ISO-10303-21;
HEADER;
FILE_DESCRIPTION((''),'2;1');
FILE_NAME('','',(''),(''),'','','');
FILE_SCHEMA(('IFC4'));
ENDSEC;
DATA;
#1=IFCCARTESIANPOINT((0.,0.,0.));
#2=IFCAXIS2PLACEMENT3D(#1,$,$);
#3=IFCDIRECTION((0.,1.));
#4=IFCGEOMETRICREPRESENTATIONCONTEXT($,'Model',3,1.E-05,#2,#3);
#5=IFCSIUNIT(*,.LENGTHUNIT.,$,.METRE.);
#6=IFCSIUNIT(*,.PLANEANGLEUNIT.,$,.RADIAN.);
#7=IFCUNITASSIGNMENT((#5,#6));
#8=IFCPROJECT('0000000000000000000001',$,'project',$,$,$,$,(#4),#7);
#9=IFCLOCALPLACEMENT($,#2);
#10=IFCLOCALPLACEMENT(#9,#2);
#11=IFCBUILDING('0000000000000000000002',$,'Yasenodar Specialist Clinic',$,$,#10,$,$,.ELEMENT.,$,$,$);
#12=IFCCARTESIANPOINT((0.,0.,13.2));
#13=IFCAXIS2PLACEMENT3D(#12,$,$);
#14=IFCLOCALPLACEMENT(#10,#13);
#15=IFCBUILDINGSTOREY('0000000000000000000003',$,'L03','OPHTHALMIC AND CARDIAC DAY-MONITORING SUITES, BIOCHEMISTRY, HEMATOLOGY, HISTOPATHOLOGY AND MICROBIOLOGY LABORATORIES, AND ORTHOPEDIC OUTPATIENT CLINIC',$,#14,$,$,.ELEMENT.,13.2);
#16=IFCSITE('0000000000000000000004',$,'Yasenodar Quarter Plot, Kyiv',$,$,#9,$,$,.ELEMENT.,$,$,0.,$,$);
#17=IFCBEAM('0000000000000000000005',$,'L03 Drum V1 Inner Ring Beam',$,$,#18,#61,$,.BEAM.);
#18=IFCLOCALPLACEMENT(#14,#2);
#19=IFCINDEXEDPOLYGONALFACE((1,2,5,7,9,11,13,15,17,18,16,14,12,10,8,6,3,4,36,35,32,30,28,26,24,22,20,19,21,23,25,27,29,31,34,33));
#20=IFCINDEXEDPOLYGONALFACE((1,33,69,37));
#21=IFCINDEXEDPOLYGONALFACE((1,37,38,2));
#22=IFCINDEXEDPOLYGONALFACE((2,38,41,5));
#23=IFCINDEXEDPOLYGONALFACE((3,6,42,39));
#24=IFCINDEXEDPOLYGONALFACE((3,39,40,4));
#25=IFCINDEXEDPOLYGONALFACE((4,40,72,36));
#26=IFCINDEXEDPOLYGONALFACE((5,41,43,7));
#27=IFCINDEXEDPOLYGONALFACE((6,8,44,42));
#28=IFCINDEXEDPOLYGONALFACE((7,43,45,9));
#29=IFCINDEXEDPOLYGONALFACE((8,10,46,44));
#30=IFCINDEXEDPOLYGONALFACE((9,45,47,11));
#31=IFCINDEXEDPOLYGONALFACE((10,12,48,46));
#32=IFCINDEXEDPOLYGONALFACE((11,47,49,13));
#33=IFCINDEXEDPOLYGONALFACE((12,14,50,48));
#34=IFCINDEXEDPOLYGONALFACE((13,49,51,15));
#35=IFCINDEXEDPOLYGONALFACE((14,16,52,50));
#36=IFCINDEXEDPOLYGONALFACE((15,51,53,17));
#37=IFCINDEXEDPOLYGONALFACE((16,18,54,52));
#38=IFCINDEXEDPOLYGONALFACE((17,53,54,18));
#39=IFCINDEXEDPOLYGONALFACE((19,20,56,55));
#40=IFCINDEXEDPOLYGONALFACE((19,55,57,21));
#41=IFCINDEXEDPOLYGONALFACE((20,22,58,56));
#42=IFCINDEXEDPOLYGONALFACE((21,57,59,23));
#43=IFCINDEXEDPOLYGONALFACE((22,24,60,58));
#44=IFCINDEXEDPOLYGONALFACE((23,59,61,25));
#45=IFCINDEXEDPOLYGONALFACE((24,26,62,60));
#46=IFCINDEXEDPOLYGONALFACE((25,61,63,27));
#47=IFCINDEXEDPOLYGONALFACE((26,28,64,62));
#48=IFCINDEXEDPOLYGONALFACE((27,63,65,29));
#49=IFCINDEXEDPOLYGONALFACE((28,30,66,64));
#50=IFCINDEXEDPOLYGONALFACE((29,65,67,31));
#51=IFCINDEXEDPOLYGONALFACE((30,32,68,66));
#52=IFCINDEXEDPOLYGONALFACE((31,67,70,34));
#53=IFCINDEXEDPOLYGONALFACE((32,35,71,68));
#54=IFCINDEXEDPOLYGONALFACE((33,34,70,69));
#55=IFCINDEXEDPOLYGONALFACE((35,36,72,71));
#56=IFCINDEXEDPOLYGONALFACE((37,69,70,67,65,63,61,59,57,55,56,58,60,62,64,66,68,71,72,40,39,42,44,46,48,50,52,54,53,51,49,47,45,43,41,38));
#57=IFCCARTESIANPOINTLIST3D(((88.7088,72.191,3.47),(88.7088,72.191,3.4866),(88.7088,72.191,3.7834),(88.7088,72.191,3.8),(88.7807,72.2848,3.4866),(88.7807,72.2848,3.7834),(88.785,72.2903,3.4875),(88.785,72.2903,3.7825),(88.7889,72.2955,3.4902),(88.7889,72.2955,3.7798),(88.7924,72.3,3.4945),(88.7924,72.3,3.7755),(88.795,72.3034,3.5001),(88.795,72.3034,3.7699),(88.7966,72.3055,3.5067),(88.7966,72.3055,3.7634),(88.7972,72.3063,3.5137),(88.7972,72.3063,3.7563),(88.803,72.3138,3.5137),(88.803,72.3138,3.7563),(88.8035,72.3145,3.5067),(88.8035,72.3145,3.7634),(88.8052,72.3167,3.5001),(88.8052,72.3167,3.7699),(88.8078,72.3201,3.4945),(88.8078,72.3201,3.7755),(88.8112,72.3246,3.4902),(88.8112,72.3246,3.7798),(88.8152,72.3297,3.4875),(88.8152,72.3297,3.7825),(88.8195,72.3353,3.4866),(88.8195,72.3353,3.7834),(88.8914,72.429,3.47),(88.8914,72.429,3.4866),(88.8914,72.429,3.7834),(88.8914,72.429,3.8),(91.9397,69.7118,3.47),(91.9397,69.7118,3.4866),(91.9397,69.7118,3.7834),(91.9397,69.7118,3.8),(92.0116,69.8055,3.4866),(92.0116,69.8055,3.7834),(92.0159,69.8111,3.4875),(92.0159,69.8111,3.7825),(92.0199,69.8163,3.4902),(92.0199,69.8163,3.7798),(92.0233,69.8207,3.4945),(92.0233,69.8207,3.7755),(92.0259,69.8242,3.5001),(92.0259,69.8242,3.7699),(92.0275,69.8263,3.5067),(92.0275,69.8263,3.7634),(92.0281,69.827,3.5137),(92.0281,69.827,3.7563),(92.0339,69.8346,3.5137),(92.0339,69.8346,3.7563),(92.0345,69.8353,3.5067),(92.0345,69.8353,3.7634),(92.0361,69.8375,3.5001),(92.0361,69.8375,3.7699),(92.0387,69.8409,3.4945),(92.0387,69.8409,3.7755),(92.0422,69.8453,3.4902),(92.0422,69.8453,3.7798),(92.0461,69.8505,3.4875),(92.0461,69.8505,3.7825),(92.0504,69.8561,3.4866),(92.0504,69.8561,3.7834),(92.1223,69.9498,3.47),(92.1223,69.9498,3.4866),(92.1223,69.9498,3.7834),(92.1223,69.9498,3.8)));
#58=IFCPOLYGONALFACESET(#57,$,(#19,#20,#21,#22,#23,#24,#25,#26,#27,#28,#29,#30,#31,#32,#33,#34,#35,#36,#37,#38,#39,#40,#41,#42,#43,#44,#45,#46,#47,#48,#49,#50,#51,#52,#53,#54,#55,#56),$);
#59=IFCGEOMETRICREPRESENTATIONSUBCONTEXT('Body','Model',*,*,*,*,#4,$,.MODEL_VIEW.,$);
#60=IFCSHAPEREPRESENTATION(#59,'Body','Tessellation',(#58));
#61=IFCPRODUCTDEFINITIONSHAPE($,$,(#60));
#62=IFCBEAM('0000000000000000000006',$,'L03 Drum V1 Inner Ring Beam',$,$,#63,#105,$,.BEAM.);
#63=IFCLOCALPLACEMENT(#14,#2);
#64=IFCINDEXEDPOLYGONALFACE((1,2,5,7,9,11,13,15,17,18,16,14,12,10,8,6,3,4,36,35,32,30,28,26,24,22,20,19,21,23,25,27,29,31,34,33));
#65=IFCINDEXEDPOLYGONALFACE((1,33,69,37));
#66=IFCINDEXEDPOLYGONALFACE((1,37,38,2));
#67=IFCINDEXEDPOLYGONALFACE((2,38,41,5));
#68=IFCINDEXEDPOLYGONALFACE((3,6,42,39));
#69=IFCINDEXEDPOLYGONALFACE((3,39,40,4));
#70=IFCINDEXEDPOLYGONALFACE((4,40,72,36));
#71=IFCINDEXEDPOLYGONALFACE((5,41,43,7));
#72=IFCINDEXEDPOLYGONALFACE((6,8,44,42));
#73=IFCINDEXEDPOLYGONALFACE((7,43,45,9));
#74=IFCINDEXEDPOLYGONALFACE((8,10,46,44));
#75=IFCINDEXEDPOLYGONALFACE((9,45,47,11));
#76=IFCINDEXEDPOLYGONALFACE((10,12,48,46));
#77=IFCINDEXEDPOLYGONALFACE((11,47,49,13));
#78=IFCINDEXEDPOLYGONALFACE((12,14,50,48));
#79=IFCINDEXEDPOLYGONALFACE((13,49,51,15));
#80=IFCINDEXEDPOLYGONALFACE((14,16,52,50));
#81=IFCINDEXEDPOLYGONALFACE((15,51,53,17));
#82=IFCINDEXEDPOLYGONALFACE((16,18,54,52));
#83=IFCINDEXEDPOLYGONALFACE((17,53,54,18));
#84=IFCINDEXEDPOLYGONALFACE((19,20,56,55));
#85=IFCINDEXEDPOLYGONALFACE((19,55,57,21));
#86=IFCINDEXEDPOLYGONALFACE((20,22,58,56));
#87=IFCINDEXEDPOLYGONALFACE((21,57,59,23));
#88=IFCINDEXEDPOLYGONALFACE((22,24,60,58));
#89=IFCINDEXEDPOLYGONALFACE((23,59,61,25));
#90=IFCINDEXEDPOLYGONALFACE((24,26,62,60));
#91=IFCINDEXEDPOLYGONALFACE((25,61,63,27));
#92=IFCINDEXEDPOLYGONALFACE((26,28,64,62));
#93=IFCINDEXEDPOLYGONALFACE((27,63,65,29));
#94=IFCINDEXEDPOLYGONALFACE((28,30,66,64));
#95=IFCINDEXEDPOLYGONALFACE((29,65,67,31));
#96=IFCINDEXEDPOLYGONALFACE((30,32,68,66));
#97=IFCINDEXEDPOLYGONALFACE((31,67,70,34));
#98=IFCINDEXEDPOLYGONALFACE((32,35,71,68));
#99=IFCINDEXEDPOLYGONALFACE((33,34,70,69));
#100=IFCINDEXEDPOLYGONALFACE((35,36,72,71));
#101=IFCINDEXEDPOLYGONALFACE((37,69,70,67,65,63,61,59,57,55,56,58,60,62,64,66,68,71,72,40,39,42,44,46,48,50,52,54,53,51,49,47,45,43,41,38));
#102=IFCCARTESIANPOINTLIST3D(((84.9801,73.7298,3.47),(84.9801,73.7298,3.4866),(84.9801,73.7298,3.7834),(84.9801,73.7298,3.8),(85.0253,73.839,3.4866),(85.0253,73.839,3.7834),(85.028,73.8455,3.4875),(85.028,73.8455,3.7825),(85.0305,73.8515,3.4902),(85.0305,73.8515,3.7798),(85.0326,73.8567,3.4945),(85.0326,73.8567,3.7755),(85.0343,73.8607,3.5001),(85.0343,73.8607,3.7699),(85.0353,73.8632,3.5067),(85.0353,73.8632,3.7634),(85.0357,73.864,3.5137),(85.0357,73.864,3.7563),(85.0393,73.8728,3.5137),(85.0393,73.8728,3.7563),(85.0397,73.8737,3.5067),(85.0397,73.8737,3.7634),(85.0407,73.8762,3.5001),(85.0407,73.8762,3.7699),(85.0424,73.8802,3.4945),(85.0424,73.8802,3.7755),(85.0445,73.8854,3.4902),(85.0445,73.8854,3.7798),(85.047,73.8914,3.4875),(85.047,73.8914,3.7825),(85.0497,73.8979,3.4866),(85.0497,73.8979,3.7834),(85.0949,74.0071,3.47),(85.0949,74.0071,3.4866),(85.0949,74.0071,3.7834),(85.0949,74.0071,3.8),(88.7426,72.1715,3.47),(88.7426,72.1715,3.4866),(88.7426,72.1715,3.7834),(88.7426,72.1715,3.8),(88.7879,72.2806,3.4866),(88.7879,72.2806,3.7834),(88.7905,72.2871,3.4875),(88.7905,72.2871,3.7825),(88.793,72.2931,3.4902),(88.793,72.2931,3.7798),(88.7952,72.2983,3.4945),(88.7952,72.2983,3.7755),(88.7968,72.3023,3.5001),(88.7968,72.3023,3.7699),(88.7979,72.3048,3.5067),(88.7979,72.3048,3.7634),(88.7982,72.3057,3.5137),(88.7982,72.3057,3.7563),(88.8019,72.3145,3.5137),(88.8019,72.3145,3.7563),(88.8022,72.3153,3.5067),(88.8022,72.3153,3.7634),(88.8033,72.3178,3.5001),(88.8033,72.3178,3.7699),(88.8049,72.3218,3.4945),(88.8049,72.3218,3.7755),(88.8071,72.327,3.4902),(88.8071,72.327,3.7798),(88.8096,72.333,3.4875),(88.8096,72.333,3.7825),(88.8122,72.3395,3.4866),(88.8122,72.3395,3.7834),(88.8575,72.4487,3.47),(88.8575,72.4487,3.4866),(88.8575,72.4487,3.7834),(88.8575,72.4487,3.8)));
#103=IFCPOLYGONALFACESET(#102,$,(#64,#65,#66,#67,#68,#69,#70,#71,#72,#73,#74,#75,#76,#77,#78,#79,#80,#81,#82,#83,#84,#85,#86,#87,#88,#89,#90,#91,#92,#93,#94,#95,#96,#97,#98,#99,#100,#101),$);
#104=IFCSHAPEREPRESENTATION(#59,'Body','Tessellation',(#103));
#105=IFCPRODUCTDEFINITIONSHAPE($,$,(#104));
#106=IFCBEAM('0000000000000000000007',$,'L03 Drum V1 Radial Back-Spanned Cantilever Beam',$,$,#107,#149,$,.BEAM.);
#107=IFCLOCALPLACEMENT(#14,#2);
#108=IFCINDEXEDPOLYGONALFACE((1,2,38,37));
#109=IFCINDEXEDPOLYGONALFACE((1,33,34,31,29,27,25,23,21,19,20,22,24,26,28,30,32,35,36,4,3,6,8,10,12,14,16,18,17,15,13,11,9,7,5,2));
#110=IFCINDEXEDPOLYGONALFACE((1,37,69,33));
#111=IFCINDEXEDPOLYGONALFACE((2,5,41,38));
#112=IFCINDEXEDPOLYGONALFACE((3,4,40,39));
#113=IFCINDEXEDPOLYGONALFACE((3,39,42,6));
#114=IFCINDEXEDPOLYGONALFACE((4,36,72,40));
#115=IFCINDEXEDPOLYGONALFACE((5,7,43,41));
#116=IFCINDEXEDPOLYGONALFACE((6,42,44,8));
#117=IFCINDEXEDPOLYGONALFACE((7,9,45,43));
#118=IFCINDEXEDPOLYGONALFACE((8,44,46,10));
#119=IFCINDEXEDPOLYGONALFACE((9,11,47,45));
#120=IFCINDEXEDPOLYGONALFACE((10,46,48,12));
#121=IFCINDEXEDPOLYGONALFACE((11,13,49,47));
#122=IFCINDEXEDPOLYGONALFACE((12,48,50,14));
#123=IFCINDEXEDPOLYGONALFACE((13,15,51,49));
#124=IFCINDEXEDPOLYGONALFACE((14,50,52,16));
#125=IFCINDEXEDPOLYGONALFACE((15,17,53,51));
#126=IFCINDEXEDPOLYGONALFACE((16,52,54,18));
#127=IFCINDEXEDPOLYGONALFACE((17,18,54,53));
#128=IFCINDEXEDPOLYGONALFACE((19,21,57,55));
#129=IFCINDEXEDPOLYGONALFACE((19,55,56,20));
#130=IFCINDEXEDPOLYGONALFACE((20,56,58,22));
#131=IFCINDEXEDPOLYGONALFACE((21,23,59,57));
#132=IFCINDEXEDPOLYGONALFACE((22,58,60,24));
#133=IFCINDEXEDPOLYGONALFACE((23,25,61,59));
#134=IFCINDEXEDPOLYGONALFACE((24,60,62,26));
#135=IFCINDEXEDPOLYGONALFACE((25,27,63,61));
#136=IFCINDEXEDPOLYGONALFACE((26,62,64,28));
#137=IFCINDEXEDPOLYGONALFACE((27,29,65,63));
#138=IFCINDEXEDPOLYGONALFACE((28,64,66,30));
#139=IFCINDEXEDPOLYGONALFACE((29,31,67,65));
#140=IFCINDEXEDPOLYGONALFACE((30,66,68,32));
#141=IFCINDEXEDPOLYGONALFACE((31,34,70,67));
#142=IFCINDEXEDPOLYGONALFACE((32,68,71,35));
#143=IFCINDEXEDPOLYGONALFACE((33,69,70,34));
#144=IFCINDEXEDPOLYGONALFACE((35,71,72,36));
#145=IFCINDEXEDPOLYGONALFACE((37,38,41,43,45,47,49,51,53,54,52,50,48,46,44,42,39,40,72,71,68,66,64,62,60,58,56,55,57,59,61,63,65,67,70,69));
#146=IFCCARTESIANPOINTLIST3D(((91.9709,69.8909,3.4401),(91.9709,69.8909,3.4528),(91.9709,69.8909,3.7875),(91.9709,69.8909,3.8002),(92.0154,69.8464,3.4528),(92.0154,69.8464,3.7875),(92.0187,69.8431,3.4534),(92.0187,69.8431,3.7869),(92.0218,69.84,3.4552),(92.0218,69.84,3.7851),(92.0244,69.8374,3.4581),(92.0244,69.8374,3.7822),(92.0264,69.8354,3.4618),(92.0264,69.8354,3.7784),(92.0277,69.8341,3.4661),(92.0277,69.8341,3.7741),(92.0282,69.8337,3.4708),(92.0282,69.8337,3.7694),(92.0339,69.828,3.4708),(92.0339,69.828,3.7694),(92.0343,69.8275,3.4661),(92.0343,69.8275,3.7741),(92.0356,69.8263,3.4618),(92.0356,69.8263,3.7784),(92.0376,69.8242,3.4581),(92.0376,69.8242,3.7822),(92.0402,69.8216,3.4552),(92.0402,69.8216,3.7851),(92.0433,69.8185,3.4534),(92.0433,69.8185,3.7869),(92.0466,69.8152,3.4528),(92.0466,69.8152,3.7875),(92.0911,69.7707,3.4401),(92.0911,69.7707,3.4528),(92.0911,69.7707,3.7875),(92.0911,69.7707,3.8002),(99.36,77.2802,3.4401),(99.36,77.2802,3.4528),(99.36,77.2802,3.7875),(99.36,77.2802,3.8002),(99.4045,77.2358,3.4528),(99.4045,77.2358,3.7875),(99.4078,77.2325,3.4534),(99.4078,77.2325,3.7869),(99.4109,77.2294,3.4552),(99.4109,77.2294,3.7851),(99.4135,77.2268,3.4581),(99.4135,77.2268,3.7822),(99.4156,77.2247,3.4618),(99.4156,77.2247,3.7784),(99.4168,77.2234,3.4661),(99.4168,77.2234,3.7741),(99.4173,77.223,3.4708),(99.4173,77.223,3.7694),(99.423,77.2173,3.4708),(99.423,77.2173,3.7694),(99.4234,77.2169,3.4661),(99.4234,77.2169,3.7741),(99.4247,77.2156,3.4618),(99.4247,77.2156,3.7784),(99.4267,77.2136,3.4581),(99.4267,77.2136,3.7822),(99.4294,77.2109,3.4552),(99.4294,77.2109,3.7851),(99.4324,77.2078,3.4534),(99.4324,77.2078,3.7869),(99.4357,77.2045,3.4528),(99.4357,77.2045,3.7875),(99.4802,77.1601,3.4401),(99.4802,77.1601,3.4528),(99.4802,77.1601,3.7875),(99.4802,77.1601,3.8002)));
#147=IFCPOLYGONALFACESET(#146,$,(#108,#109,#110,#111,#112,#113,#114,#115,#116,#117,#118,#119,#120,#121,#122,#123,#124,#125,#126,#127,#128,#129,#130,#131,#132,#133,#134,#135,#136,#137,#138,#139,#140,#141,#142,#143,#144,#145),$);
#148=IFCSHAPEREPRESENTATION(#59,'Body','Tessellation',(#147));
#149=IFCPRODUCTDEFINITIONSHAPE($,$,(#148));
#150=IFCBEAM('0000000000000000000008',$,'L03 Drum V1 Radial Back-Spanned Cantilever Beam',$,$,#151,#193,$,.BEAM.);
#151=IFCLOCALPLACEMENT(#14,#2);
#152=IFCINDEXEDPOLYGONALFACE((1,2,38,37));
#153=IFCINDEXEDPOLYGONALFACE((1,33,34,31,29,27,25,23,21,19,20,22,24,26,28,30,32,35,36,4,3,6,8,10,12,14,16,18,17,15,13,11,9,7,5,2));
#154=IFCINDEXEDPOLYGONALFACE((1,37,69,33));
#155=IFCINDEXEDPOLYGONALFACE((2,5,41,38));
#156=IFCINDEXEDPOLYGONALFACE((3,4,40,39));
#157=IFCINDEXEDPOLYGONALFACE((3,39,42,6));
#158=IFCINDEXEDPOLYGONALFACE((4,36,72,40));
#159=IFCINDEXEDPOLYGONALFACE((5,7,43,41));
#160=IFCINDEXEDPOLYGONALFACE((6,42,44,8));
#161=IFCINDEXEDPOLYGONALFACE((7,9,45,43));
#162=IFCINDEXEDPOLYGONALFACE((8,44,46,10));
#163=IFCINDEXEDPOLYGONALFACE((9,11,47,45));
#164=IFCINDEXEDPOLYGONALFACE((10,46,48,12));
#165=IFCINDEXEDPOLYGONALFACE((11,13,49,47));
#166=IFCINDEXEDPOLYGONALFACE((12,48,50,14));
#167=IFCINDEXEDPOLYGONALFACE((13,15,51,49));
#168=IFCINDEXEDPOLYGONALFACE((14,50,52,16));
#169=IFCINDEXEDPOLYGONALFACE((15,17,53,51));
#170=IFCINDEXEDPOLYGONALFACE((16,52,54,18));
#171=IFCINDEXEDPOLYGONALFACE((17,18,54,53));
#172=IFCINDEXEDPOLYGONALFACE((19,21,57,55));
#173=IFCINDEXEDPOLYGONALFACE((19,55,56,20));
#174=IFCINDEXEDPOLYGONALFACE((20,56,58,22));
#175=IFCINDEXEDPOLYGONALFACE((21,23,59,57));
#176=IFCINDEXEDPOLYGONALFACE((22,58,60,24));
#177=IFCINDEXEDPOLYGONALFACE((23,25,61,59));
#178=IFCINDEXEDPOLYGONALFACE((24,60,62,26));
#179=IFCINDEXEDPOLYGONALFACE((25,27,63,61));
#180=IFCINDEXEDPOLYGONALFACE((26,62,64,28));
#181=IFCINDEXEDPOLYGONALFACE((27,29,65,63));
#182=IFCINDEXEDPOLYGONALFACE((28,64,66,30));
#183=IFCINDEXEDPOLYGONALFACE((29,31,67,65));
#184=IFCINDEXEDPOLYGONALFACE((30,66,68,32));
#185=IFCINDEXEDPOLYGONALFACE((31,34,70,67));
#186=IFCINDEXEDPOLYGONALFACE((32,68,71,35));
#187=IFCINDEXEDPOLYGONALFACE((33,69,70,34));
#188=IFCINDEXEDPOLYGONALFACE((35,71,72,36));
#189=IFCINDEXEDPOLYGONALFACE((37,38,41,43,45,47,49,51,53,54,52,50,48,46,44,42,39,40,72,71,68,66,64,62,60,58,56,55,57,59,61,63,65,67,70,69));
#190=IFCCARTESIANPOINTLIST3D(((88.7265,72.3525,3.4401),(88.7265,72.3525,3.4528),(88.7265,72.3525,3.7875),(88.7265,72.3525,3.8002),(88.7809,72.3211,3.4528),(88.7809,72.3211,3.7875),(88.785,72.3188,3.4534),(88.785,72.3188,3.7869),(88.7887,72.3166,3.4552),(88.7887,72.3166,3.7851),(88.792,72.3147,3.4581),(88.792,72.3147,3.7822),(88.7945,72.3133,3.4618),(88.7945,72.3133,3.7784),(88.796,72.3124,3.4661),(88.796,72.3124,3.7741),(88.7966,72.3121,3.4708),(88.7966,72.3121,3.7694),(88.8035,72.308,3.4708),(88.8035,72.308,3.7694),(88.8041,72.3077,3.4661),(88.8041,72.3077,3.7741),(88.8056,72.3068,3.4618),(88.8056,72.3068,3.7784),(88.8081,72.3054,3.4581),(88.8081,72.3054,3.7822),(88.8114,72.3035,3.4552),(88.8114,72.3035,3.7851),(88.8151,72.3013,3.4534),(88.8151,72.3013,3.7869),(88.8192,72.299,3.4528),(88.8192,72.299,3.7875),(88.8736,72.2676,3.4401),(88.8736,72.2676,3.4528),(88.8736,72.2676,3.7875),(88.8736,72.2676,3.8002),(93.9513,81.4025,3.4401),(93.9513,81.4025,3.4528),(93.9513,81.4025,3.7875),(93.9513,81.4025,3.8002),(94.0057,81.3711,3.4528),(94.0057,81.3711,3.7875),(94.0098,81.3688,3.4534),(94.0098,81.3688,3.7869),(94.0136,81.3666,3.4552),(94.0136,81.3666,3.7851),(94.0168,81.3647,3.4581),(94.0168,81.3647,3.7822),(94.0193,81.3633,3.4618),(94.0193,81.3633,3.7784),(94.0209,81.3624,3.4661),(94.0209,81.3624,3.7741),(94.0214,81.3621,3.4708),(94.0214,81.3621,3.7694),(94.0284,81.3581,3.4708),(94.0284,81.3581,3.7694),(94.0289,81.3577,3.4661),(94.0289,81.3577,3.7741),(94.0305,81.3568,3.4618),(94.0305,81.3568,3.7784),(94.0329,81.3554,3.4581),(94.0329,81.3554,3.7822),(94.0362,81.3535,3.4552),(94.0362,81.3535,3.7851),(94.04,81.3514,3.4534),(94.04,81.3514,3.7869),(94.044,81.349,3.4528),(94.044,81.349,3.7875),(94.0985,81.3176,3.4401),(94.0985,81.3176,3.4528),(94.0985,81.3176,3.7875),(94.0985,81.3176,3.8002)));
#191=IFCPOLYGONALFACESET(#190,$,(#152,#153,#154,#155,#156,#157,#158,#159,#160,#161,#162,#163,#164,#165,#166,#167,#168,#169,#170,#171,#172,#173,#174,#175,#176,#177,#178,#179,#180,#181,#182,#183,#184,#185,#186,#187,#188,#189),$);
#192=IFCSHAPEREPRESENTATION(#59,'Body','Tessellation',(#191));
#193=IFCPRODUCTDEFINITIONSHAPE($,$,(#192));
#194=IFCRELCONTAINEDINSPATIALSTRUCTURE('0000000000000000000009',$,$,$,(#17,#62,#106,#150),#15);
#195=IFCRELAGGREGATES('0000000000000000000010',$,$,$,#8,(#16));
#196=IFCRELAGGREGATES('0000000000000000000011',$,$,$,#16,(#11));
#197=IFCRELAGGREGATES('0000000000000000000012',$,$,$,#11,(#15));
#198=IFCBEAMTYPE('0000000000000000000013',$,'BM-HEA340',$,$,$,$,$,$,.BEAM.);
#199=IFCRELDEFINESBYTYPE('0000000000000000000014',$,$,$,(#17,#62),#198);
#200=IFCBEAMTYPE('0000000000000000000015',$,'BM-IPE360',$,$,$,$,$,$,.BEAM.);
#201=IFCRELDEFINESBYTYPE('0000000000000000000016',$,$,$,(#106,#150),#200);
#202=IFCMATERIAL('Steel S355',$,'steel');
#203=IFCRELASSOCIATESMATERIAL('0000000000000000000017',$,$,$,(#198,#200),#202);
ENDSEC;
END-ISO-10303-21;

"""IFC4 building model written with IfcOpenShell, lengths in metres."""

from ifc_helpers import new_model, si_unit, direction, frame, origin, origin_2d, place, context, subcontext, project, spatial, i_section, extrude, material, material_profile, profile_set, type_object, element, save


model = new_model("IFC4")

# Units and contexts
model_context = context("Model", 3, precision=1e-05, world=origin(), true_north=direction((0.0, 1.0)))
body_context = subcontext(model_context, "Body", "Model", "MODEL_VIEW")
ifc_project = project(units=[si_unit("LENGTHUNIT", "METRE"), si_unit("PLANEANGLEUNIT", "RADIAN")], contexts=[model_context])

# Site, building, storey
site_placement = place(None, origin())
site = spatial("IfcSite", under=ifc_project, at=site_placement, Name="Yasenodar Quarter Plot, Kyiv", CompositionType="ELEMENT", RefElevation=0.0)
building_placement = place(site_placement, origin())
building = spatial("IfcBuilding", under=site, at=building_placement, Name="Yasenodar Specialist Clinic", CompositionType="ELEMENT")
storey_placement = place(building_placement, frame((0.0, 0.0, 13.2)))
storey = spatial("IfcBuildingStorey", under=building, at=storey_placement, Name="L03", Description="OPHTHALMIC AND CARDIAC DAY-MONITORING SUITES, BIOCHEMISTRY, HEMATOLOGY, HISTOPATHOLOGY AND MICROBIOLOGY LABORATORIES, AND ORTHOPEDIC OUTPATIENT CLINIC", CompositionType="ELEMENT", Elevation=13.2)

# Shared definitions
ifc_material_1 = material(Name="Steel S355", Category="steel")

# Beams
ifc_material_profile_1 = material_profile(ifc_material_1, i_section(OverallWidth=0.3, OverallDepth=0.3301, WebThickness=0.0095, FlangeThickness=0.0166, FilletRadius=0.0271, at=origin_2d()), Name="HEA 340")
ifc_profile_set_1 = profile_set([ifc_material_profile_1], Name="Steel S355")
beam_type_1 = type_object("IfcBeamType", Name="BM-HEA340", PredefinedType="BEAM", material=ifc_profile_set_1)
for number, where, z_axis, x_axis, name in (
    (1, (92.031, 69.8308, 3.635), (-0.793348, 0.608769, 0.0), (-0.608769, -0.793348, 0.0), "L03 Drum V1 Inner Ring Beam"),
    (2, (88.8, 72.3101, 3.635), (-0.923889, 0.382661, 0.0), (-0.382661, -0.923889, 0.0), "L03 Drum V1 Inner Ring Beam"),
):
    element("IfcBeam", number, at=place(storey_placement, frame(where, z_axis=z_axis, x_axis=x_axis)), inside=storey, type_object=beam_type_1, Name=name, PredefinedType="BEAM", context=body_context, shape_type="SweptSolid", body=[
        extrude(i_section(OverallWidth=0.3, OverallDepth=0.3301, WebThickness=0.0095, FlangeThickness=0.0166, FilletRadius=0.0271, at=origin_2d()), origin(), (0.0, 0.0, 1.0), 4.0725),
    ])
ifc_material_profile_2 = material_profile(ifc_material_1, i_section(OverallWidth=0.1699, OverallDepth=0.3601, WebThickness=0.0081, FlangeThickness=0.0127, FilletRadius=0.0181, at=origin_2d()), Name="IPE 360")
ifc_profile_set_2 = profile_set([ifc_material_profile_2], Name="Steel S355")
beam_type_2 = type_object("IfcBeamType", Name="BM-IPE360", PredefinedType="BEAM", material=ifc_profile_set_2)
for number, where, z_axis, x_axis, name in (
    (3, (92.031, 69.8308, 3.6201), (0.707095, 0.707118, 0.0), (-0.707118, 0.707095, 0.0), "L03 Drum V1 Radial Back-Spanned Cantilever Beam"),
    (4, (88.8, 72.3101, 3.6201), (0.499986, 0.866033, 0.0), (-0.866033, 0.499986, 0.0), "L03 Drum V1 Radial Back-Spanned Cantilever Beam"),
):
    element("IfcBeam", number, at=place(storey_placement, frame(where, z_axis=z_axis, x_axis=x_axis)), inside=storey, type_object=beam_type_2, Name=name, PredefinedType="BEAM", context=body_context, shape_type="SweptSolid", body=[
        extrude(i_section(OverallWidth=0.1699, OverallDepth=0.3601, WebThickness=0.0081, FlangeThickness=0.0127, FilletRadius=0.0181, at=origin_2d()), origin(), (0.0, 0.0, 1.0), 10.45),
    ])

save(model, "model.ifc")
